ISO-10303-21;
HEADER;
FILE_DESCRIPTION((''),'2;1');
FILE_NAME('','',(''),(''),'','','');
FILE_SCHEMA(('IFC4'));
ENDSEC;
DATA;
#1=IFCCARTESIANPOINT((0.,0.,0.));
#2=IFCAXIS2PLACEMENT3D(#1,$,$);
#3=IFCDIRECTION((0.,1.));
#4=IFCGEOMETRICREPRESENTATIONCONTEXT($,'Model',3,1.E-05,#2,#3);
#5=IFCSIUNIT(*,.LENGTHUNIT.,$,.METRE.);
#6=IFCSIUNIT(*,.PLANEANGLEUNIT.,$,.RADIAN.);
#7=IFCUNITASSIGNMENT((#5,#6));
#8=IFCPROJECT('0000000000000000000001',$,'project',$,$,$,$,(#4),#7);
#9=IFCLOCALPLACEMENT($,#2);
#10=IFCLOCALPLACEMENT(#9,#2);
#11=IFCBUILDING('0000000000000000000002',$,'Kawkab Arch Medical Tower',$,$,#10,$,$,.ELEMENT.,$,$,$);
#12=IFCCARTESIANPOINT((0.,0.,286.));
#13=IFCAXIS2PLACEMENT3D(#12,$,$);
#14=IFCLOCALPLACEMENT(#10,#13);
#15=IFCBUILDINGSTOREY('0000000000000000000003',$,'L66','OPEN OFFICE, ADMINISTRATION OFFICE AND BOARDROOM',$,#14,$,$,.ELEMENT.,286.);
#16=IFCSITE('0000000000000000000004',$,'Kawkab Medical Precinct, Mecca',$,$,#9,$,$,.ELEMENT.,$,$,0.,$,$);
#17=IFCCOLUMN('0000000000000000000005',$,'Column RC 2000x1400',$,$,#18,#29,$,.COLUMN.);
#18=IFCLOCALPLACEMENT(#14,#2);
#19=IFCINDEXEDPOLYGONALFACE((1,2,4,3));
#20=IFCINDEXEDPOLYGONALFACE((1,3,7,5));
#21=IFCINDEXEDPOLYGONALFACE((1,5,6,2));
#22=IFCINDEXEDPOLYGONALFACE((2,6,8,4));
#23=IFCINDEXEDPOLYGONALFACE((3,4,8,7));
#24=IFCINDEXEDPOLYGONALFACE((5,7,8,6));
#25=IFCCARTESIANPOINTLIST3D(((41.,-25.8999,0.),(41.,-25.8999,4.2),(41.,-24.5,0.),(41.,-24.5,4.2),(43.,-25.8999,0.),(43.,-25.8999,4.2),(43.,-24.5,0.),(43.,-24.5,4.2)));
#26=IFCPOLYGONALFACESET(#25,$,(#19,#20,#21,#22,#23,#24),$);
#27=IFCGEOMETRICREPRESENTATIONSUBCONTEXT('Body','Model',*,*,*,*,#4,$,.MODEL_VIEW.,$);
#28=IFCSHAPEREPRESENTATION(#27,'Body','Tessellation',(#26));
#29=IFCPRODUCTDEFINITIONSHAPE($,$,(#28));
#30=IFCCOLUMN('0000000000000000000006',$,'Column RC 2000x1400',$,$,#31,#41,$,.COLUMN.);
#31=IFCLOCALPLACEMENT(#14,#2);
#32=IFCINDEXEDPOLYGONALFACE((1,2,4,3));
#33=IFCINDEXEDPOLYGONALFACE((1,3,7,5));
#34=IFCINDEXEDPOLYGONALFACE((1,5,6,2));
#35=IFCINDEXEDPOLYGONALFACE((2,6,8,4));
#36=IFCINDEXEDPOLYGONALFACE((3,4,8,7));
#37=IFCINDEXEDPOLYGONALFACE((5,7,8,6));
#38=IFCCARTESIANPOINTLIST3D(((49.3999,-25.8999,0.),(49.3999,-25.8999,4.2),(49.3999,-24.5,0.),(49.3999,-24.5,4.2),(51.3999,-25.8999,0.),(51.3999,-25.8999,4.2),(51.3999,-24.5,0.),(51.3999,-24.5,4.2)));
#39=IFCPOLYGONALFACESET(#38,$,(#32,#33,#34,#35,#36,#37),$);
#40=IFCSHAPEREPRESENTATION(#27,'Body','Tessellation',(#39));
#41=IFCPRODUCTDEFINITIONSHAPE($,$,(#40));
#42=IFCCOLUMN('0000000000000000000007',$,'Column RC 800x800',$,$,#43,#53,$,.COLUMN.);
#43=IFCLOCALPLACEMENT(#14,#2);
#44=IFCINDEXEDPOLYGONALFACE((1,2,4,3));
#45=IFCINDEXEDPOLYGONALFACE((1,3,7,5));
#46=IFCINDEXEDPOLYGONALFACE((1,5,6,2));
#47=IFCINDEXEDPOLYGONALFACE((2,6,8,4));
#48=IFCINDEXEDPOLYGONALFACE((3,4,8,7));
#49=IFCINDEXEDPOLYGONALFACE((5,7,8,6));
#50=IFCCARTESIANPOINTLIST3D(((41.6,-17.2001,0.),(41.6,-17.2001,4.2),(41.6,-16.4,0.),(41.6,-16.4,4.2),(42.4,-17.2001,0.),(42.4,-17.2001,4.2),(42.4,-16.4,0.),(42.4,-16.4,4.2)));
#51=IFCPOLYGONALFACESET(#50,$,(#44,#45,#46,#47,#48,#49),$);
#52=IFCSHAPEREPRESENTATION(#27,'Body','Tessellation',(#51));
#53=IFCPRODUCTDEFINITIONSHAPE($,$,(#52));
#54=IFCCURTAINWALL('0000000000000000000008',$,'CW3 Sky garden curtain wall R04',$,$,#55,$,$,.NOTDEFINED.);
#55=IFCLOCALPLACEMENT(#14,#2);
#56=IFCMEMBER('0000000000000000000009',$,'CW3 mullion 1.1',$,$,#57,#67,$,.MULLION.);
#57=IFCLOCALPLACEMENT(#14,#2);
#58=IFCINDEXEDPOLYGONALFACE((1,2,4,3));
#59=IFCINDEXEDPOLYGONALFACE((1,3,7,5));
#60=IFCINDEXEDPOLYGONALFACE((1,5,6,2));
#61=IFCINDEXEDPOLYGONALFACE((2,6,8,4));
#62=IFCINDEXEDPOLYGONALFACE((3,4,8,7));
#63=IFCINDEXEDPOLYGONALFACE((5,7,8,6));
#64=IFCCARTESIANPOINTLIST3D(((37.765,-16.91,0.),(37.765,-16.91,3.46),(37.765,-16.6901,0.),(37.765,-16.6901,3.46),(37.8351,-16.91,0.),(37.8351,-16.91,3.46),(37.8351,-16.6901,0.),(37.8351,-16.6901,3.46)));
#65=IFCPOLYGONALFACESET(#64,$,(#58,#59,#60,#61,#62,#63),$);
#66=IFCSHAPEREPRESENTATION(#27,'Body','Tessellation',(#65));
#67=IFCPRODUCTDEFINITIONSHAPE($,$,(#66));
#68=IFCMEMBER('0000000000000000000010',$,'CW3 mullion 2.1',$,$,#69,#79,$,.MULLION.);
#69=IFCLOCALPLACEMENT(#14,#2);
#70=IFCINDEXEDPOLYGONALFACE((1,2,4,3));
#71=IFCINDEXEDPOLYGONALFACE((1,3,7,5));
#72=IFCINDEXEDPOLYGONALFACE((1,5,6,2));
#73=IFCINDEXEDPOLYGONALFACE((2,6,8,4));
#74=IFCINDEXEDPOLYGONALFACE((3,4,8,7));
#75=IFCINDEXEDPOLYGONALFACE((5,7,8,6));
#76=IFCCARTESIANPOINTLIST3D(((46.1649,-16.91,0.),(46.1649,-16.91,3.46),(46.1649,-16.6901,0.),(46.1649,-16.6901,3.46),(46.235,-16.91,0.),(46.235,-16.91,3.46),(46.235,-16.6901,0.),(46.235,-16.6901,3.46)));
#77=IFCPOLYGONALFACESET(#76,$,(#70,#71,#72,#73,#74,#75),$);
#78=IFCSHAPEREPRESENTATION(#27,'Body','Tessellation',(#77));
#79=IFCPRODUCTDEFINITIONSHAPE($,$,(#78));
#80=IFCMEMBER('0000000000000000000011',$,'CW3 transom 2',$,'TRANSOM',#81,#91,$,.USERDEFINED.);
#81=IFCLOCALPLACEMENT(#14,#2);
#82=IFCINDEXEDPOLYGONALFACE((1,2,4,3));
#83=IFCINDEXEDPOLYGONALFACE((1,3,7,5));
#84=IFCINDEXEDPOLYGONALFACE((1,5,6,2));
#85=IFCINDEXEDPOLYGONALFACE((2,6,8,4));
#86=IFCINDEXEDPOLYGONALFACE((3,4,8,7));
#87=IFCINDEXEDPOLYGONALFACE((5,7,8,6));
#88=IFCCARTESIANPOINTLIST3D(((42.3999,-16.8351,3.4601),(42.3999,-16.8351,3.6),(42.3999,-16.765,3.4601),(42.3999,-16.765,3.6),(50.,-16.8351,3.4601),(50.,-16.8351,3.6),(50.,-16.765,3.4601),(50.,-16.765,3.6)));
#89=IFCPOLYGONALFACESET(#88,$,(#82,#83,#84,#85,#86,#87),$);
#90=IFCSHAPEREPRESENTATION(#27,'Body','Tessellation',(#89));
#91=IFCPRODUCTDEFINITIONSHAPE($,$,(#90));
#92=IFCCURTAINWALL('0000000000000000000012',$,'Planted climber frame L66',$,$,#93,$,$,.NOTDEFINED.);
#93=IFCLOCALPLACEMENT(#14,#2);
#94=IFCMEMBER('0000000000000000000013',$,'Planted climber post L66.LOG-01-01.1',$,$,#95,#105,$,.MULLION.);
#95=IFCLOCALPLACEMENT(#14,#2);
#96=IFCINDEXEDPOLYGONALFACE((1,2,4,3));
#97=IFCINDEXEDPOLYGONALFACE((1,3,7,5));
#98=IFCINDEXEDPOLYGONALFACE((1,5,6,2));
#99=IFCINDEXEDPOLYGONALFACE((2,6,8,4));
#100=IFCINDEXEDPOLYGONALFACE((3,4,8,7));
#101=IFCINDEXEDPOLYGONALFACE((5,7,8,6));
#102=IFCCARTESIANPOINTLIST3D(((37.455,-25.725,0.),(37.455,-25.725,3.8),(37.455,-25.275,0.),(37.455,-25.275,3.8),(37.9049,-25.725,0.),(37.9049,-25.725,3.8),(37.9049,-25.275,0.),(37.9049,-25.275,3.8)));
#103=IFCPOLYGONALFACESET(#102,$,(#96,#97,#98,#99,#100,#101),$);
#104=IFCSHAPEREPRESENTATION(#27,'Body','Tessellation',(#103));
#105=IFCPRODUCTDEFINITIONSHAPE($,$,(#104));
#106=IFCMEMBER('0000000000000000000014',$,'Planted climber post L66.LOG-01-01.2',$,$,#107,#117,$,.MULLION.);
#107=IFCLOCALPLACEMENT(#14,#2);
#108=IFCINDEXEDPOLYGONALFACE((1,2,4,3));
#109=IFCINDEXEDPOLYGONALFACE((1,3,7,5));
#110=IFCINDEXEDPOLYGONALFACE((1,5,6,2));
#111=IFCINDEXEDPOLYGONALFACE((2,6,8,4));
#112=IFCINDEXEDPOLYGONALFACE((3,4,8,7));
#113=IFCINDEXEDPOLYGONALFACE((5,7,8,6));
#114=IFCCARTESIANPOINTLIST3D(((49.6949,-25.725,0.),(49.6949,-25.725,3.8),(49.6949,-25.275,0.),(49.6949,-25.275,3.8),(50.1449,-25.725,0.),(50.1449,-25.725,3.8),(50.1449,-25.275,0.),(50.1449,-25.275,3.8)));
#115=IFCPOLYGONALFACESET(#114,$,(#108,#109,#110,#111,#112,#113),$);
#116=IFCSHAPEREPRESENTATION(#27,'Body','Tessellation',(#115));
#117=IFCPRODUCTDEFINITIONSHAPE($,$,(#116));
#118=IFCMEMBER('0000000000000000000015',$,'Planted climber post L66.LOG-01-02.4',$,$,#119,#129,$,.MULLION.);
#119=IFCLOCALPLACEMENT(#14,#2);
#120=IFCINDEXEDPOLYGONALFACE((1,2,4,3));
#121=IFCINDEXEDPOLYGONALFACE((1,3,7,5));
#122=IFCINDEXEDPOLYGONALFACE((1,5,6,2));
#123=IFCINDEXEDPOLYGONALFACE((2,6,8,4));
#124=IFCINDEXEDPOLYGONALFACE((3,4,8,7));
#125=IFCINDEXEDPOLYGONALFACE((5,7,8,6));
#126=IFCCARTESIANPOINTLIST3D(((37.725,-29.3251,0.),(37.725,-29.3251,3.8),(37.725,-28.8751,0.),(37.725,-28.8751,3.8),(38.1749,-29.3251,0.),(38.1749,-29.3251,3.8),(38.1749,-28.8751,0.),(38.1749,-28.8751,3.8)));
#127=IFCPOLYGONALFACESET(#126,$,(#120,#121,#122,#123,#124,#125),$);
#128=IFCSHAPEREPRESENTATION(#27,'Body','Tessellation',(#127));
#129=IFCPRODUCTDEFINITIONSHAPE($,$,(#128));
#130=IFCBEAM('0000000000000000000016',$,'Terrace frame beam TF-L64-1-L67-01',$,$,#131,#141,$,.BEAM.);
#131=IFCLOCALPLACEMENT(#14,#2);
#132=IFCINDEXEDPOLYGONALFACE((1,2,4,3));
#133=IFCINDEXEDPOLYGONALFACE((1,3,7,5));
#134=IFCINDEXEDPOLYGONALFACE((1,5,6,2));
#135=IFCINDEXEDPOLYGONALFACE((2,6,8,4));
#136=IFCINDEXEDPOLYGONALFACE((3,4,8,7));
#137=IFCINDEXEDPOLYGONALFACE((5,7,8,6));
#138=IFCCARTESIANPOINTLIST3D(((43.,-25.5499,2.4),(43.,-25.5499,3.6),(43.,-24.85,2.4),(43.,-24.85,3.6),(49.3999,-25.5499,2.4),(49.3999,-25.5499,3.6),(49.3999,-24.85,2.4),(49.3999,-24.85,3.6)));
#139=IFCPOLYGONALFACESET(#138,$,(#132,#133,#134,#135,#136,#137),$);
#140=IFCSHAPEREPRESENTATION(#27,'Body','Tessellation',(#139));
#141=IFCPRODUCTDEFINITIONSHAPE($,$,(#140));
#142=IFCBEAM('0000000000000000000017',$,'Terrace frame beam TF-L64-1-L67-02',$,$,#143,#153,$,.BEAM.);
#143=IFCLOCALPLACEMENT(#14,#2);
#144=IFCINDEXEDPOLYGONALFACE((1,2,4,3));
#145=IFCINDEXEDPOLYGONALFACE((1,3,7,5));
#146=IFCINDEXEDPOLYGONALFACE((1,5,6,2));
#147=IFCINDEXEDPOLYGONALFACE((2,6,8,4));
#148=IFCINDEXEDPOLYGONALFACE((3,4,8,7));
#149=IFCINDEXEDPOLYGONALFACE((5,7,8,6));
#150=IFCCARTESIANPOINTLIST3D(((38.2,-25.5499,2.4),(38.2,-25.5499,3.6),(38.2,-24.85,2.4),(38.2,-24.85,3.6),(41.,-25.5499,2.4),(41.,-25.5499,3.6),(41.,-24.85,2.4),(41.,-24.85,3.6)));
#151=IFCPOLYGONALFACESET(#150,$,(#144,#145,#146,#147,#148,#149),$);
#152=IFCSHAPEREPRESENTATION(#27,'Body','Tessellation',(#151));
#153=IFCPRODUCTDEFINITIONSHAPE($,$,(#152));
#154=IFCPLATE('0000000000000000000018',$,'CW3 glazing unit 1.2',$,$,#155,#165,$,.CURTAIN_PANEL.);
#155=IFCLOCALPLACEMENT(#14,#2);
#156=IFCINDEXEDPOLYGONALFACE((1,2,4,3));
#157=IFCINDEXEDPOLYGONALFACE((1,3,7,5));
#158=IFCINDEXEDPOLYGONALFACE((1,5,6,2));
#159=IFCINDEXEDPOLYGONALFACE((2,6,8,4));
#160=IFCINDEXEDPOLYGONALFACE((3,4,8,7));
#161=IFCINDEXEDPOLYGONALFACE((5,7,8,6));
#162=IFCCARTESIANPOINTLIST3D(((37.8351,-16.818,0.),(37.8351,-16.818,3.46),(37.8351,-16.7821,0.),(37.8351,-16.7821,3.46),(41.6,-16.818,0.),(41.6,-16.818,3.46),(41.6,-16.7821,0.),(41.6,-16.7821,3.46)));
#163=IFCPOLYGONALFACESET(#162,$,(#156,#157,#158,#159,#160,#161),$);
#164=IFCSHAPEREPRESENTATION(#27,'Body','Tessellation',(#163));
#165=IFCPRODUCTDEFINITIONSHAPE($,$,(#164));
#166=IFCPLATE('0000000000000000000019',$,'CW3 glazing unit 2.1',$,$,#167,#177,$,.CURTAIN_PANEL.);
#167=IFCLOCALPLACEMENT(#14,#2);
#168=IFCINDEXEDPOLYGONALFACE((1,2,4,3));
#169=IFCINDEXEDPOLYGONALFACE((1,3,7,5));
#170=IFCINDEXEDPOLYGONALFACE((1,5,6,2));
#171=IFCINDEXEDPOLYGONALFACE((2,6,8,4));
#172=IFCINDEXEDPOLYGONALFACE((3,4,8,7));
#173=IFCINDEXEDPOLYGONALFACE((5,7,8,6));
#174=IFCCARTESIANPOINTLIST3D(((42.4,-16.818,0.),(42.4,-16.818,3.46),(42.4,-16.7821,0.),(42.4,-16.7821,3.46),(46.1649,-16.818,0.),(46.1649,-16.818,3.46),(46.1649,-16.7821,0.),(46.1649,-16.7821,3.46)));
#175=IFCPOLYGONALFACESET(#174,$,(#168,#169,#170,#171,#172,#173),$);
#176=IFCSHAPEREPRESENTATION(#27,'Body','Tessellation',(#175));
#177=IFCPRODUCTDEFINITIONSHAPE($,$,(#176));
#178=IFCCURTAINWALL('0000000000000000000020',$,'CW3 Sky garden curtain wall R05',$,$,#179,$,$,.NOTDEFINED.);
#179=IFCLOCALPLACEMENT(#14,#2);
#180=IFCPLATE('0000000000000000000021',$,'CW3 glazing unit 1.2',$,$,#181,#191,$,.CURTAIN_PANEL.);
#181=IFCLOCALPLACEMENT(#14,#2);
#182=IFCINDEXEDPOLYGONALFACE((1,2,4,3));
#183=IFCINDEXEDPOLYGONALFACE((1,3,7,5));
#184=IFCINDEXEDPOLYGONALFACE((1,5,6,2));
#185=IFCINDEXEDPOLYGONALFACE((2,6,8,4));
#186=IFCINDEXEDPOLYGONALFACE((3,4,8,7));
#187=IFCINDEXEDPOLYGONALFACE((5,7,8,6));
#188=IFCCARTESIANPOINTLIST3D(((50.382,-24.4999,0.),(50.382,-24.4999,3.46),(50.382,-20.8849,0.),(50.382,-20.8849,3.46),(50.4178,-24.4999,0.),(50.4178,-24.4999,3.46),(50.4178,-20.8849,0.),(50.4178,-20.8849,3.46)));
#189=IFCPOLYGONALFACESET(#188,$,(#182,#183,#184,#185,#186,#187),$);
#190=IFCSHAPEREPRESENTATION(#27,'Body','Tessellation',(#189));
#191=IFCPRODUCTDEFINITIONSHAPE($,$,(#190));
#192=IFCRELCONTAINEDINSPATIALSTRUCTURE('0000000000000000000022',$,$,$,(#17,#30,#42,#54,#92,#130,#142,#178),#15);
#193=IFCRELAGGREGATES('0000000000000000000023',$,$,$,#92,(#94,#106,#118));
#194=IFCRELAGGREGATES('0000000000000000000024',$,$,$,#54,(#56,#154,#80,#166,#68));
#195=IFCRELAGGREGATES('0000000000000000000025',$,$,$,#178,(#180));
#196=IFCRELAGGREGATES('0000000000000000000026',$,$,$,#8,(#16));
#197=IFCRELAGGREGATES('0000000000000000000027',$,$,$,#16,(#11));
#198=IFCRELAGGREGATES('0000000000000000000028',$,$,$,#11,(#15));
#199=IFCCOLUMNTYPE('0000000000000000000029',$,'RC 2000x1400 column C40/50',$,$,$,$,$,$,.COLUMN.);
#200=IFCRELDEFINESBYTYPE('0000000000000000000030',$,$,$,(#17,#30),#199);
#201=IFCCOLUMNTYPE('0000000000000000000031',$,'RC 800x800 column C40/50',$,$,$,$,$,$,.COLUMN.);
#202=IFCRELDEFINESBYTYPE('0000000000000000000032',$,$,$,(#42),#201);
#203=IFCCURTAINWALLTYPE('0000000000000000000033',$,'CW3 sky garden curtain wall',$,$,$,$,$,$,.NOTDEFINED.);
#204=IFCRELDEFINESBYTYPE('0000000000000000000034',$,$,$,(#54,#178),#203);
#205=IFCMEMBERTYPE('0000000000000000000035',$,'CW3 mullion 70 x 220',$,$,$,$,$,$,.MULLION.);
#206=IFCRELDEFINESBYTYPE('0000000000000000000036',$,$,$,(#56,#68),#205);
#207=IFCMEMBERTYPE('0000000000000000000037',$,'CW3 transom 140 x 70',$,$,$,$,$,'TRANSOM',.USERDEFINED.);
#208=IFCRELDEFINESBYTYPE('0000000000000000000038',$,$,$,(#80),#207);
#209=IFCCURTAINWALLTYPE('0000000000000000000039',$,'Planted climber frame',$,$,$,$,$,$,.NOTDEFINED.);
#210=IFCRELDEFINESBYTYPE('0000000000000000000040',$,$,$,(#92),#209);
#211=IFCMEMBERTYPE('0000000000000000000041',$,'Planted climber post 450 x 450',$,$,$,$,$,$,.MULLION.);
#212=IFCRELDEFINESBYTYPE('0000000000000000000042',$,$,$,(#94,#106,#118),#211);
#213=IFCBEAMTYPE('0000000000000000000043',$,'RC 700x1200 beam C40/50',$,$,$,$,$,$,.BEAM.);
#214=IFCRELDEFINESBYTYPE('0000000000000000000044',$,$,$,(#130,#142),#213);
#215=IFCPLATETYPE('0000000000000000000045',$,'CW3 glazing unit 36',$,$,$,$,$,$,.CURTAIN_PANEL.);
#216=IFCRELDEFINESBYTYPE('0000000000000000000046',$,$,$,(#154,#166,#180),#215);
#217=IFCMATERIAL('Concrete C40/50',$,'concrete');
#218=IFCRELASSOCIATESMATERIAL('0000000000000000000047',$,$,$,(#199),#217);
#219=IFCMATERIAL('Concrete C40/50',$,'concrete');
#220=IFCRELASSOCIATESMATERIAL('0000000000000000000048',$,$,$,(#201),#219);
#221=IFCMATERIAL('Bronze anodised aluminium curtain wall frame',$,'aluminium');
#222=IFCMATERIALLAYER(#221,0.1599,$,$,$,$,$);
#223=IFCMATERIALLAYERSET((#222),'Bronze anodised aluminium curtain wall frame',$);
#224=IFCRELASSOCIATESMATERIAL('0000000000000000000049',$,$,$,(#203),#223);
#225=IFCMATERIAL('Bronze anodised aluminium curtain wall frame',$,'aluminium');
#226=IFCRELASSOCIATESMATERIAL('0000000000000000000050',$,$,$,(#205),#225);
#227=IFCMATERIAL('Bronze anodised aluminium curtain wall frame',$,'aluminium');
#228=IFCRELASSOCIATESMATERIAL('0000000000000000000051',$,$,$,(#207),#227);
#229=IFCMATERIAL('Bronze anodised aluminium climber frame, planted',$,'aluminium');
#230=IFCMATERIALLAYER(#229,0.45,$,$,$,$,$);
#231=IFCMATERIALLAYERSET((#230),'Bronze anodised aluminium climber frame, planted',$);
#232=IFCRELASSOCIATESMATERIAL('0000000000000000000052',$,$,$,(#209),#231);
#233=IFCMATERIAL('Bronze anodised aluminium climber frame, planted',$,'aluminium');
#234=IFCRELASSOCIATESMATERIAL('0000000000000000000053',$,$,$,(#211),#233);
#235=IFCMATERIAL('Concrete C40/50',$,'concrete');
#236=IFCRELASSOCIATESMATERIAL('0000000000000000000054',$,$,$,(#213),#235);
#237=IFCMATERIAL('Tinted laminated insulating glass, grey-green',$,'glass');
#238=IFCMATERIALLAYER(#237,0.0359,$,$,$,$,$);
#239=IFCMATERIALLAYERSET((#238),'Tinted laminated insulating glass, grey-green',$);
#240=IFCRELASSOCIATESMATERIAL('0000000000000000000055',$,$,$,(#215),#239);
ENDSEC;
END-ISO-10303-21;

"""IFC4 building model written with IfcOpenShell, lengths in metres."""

from ifc_helpers import new_model, si_unit, direction, frame, origin, origin_2d, place, context, subcontext, project, spatial, rectangle, extrude, material, layer, layer_set, material_profile, profile_set, type_object, element, aggregate, save


model = new_model("IFC4")

# Units and contexts
model_context = context("Model", 3, precision=1e-05, world=origin(), true_north=direction((0.0, 1.0)))
body_context = subcontext(model_context, "Body", "Model", "MODEL_VIEW")
ifc_project = project(units=[si_unit("LENGTHUNIT", "METRE"), si_unit("PLANEANGLEUNIT", "RADIAN")], contexts=[model_context])

# Site, building, storey
site_placement = place(None, origin())
site = spatial("IfcSite", under=ifc_project, at=site_placement, Name="Kawkab Medical Precinct, Mecca", CompositionType="ELEMENT", RefElevation=0.0)
building_placement = place(site_placement, origin())
building = spatial("IfcBuilding", under=site, at=building_placement, Name="Kawkab Arch Medical Tower", CompositionType="ELEMENT")
storey_placement = place(building_placement, frame((0.0, 0.0, 286.0)))
storey = spatial("IfcBuildingStorey", under=building, at=storey_placement, Name="L66", Description="OPEN OFFICE, ADMINISTRATION OFFICE AND BOARDROOM", CompositionType="ELEMENT", Elevation=286.0)

# Columns
ifc_material_1 = material(Name="Concrete C40/50", Category="concrete")
ifc_material_profile_1 = material_profile(ifc_material_1, rectangle(XDim=2.0, YDim=1.3999, at=origin_2d()), Name="RC 2000x1400")
ifc_profile_set_1 = profile_set([ifc_material_profile_1], Name="Concrete C40/50")
column_type_1 = type_object("IfcColumnType", Name="RC 2000x1400 column C40/50", PredefinedType="COLUMN", material=ifc_profile_set_1)
for number, where, z_axis, x_axis, name in (
    (1, (42.0, -25.2, 0.0), (0.0, 0.0, 1.0), (-1.0, 0.0, 0.0), "Column RC 2000x1400"),
    (2, (50.3999, -25.2, 0.0), (0.0, 0.0, 1.0), (-1.0, 0.0, 0.0), "Column RC 2000x1400"),
):
    element("IfcColumn", number, at=place(storey_placement, frame(where, z_axis=z_axis, x_axis=x_axis)), inside=storey, type_object=column_type_1, Name=name, PredefinedType="COLUMN", context=body_context, shape_type="SweptSolid", body=[
        extrude(rectangle(XDim=2.0, YDim=1.3999, at=origin_2d()), origin(), (0.0, 0.0, 1.0), 4.2),
    ])
ifc_material_2 = material(Name="Concrete C40/50", Category="concrete")
ifc_material_profile_2 = material_profile(ifc_material_2, rectangle(XDim=0.8, YDim=0.8, at=origin_2d()), Name="RC 800x800")
ifc_profile_set_2 = profile_set([ifc_material_profile_2], Name="Concrete C40/50")
column_type_2 = type_object("IfcColumnType", Name="RC 800x800 column C40/50", PredefinedType="COLUMN", material=ifc_profile_set_2)
column_placement = place(storey_placement, frame((42.0, -16.8, 0.0), z_axis=(0.0, 0.0, 1.0), x_axis=(1.0, 0.0, 0.0)))
element("IfcColumn", 3, at=column_placement, inside=storey, type_object=column_type_2, Name="Column RC 800x800", PredefinedType="COLUMN", context=body_context, shape_type="SweptSolid", body=[
    extrude(rectangle(XDim=0.8, YDim=0.8, at=origin_2d()), origin(), (0.0, 0.0, 1.0), 4.2),
])

# Curtain walls, members
ifc_material_3 = material(Name="Bronze anodised aluminium curtain wall frame", Category="aluminium")
ifc_layer_1 = layer(ifc_material_3, 0.1599)
ifc_layer_set_1 = layer_set([ifc_layer_1], Name="Bronze anodised aluminium curtain wall frame")
curtain_wall_type_1 = type_object("IfcCurtainWallType", Name="CW3 sky garden curtain wall", PredefinedType="NOTDEFINED", material=ifc_layer_set_1)
placement = place(storey_placement, origin())
curtain_wall_1 = element("IfcCurtainWall", 4, at=placement, inside=storey, type_object=curtain_wall_type_1, Name="CW3 Sky garden curtain wall R04", PredefinedType="NOTDEFINED")
ifc_material_4 = material(Name="Bronze anodised aluminium curtain wall frame", Category="aluminium")
ifc_material_profile_3 = material_profile(ifc_material_4, rectangle(XDim=0.22, YDim=0.0701, at=origin_2d()), Name="AL 70x220")
ifc_profile_set_3 = profile_set([ifc_material_profile_3], Name="Bronze anodised aluminium curtain wall frame")
member_type_1 = type_object("IfcMemberType", Name="CW3 mullion 70 x 220", PredefinedType="MULLION", material=ifc_profile_set_3)
member_1_placement = place(storey_placement, frame((37.8, -16.8, 0.0), z_axis=(0.0, 0.0, 1.0), x_axis=(0.0, 1.0, 0.0)))
member_1 = element("IfcMember", 5, at=member_1_placement, type_object=member_type_1, Name="CW3 mullion 1.1", PredefinedType="MULLION", context=body_context, shape_type="SweptSolid", body=[
    extrude(rectangle(XDim=0.22, YDim=0.0701, at=origin_2d()), origin(), (0.0, 0.0, 1.0), 3.46),
])
member_2_placement = place(storey_placement, frame((46.2, -16.8, 0.0), z_axis=(0.0, 0.0, 1.0), x_axis=(0.0, 1.0, 0.0)))
member_2 = element("IfcMember", 6, at=member_2_placement, type_object=member_type_1, Name="CW3 mullion 2.1", PredefinedType="MULLION", context=body_context, shape_type="SweptSolid", body=[
    extrude(rectangle(XDim=0.22, YDim=0.0701, at=origin_2d()), origin(), (0.0, 0.0, 1.0), 3.46),
])
ifc_material_5 = material(Name="Bronze anodised aluminium curtain wall frame", Category="aluminium")
ifc_material_profile_4 = material_profile(ifc_material_5, rectangle(XDim=0.0701, YDim=0.1399, at=origin_2d()), Name="AL 70x140")
ifc_profile_set_4 = profile_set([ifc_material_profile_4], Name="Bronze anodised aluminium curtain wall frame")
member_type_2 = type_object("IfcMemberType", Name="CW3 transom 140 x 70", ElementType="TRANSOM", PredefinedType="USERDEFINED", material=ifc_profile_set_4)
member_3_placement = place(storey_placement, frame((42.3999, -16.8, 3.53), z_axis=(1.0, 0.0, 0.0), x_axis=(0.0, 1.0, 0.0)))
member_3 = element("IfcMember", 7, at=member_3_placement, type_object=member_type_2, Name="CW3 transom 2", ObjectType="TRANSOM", PredefinedType="USERDEFINED", context=body_context, shape_type="SweptSolid", body=[
    extrude(rectangle(XDim=0.0701, YDim=0.1399, at=origin_2d()), origin(), (0.0, 0.0, 1.0), 7.6001),
])
ifc_material_6 = material(Name="Bronze anodised aluminium climber frame, planted", Category="aluminium")
ifc_layer_2 = layer(ifc_material_6, 0.45)
ifc_layer_set_2 = layer_set([ifc_layer_2], Name="Bronze anodised aluminium climber frame, planted")
curtain_wall_type_2 = type_object("IfcCurtainWallType", Name="Planted climber frame", PredefinedType="NOTDEFINED", material=ifc_layer_set_2)
curtain_wall_2 = element("IfcCurtainWall", 8, at=placement, inside=storey, type_object=curtain_wall_type_2, Name="Planted climber frame L66", PredefinedType="NOTDEFINED")
ifc_material_7 = material(Name="Bronze anodised aluminium climber frame, planted", Category="aluminium")
ifc_material_profile_5 = material_profile(ifc_material_7, rectangle(XDim=0.45, YDim=0.45, at=origin_2d()), Name="Post 450x450")
ifc_profile_set_5 = profile_set([ifc_material_profile_5], Name="Bronze anodised aluminium climber frame, planted")
member_type_3 = type_object("IfcMemberType", Name="Planted climber post 450 x 450", PredefinedType="MULLION", material=ifc_profile_set_5)
member_4_placement = place(storey_placement, frame((37.6799, -25.5, 0.0), z_axis=(0.0, 0.0, 1.0), x_axis=(1.0, 0.0, 0.0)))
member_4 = element("IfcMember", 9, at=member_4_placement, type_object=member_type_3, Name="Planted climber post L66.LOG-01-01.1", PredefinedType="MULLION", context=body_context, shape_type="SweptSolid", body=[
    extrude(rectangle(XDim=0.45, YDim=0.45, at=origin_2d()), origin(), (0.0, 0.0, 1.0), 3.8),
])
member_5_placement = place(storey_placement, frame((49.9199, -25.5, 0.0), z_axis=(0.0, 0.0, 1.0), x_axis=(1.0, 0.0, 0.0)))
member_5 = element("IfcMember", 10, at=member_5_placement, type_object=member_type_3, Name="Planted climber post L66.LOG-01-01.2", PredefinedType="MULLION", context=body_context, shape_type="SweptSolid", body=[
    extrude(rectangle(XDim=0.45, YDim=0.45, at=origin_2d()), origin(), (0.0, 0.0, 1.0), 3.8),
])
member_6_placement = place(storey_placement, frame((37.95, -29.1001, 0.0), z_axis=(0.0, 0.0, 1.0), x_axis=(1.0, 0.0, 0.0)))
member_6 = element("IfcMember", 11, at=member_6_placement, type_object=member_type_3, Name="Planted climber post L66.LOG-01-02.4", PredefinedType="MULLION", context=body_context, shape_type="SweptSolid", body=[
    extrude(rectangle(XDim=0.45, YDim=0.45, at=origin_2d()), origin(), (0.0, 0.0, 1.0), 3.8),
])
aggregate(curtain_wall_2, [member_4, member_5, member_6])

# Beams
ifc_material_8 = material(Name="Concrete C40/50", Category="concrete")
ifc_material_profile_6 = material_profile(ifc_material_8, rectangle(XDim=0.7, YDim=1.2, at=origin_2d()), Name="RC 700x1200")
ifc_profile_set_6 = profile_set([ifc_material_profile_6], Name="Concrete C40/50")
beam_type = type_object("IfcBeamType", Name="RC 700x1200 beam C40/50", PredefinedType="BEAM", material=ifc_profile_set_6)
beam_1_placement = place(storey_placement, frame((49.3999, -25.2, 3.0), z_axis=(-1.0, 0.0, 0.0), x_axis=(0.0, -1.0, 0.0)))
element("IfcBeam", 12, at=beam_1_placement, inside=storey, type_object=beam_type, Name="Terrace frame beam TF-L64-1-L67-01", PredefinedType="BEAM", context=body_context, shape_type="SweptSolid", body=[
    extrude(rectangle(XDim=0.7, YDim=1.2, at=origin_2d()), origin(), (0.0, 0.0, 1.0), 6.3999),
])
beam_2_placement = place(storey_placement, frame((41.0, -25.2, 3.0), z_axis=(-1.0, 0.0, 0.0), x_axis=(0.0, -1.0, 0.0)))
element("IfcBeam", 13, at=beam_2_placement, inside=storey, type_object=beam_type, Name="Terrace frame beam TF-L64-1-L67-02", PredefinedType="BEAM", context=body_context, shape_type="SweptSolid", body=[
    extrude(rectangle(XDim=0.7, YDim=1.2, at=origin_2d()), origin(), (0.0, 0.0, 1.0), 2.8),
])

# Plates
ifc_material_9 = material(Name="Tinted laminated insulating glass, grey-green", Category="glass")
ifc_layer_3 = layer(ifc_material_9, 0.0359)
ifc_layer_set_3 = layer_set([ifc_layer_3], Name="Tinted laminated insulating glass, grey-green")
plate_type = type_object("IfcPlateType", Name="CW3 glazing unit 36", PredefinedType="CURTAIN_PANEL", material=ifc_layer_set_3)
plate_1_placement = place(storey_placement, frame((39.7175, -16.8, 0.0), z_axis=(0.0, 0.0, 1.0), x_axis=(1.0, 0.0, 0.0)))
plate_1 = element("IfcPlate", 14, at=plate_1_placement, type_object=plate_type, Name="CW3 glazing unit 1.2", PredefinedType="CURTAIN_PANEL", context=body_context, shape_type="SweptSolid", body=[
    extrude(rectangle(XDim=3.7649, YDim=0.0359, at=origin_2d()), origin(), (0.0, 0.0, 1.0), 3.46),
])
plate_2_placement = place(storey_placement, frame((44.2825, -16.8, 0.0), z_axis=(0.0, 0.0, 1.0), x_axis=(1.0, 0.0, 0.0)))
plate_2 = element("IfcPlate", 15, at=plate_2_placement, type_object=plate_type, Name="CW3 glazing unit 2.1", PredefinedType="CURTAIN_PANEL", context=body_context, shape_type="SweptSolid", body=[
    extrude(rectangle(XDim=3.7649, YDim=0.0359, at=origin_2d()), origin(), (0.0, 0.0, 1.0), 3.46),
])
aggregate(curtain_wall_1, [member_1, plate_1, member_3, plate_2, member_2])

# Curtain wall, plate
curtain_wall_3 = element("IfcCurtainWall", 16, at=placement, inside=storey, type_object=curtain_wall_type_1, Name="CW3 Sky garden curtain wall R05", PredefinedType="NOTDEFINED")
plate_3_placement = place(storey_placement, frame((50.3999, -22.6924, 0.0), z_axis=(0.0, 0.0, 1.0), x_axis=(0.0, -1.0, 0.0)))
plate_3 = element("IfcPlate", 17, at=plate_3_placement, type_object=plate_type, Name="CW3 glazing unit 1.2", PredefinedType="CURTAIN_PANEL", context=body_context, shape_type="SweptSolid", body=[
    extrude(rectangle(XDim=3.615, YDim=0.0359, at=origin_2d()), origin(), (0.0, 0.0, 1.0), 3.46),
])
aggregate(curtain_wall_3, [plate_3])

save(model, "model.ifc")
